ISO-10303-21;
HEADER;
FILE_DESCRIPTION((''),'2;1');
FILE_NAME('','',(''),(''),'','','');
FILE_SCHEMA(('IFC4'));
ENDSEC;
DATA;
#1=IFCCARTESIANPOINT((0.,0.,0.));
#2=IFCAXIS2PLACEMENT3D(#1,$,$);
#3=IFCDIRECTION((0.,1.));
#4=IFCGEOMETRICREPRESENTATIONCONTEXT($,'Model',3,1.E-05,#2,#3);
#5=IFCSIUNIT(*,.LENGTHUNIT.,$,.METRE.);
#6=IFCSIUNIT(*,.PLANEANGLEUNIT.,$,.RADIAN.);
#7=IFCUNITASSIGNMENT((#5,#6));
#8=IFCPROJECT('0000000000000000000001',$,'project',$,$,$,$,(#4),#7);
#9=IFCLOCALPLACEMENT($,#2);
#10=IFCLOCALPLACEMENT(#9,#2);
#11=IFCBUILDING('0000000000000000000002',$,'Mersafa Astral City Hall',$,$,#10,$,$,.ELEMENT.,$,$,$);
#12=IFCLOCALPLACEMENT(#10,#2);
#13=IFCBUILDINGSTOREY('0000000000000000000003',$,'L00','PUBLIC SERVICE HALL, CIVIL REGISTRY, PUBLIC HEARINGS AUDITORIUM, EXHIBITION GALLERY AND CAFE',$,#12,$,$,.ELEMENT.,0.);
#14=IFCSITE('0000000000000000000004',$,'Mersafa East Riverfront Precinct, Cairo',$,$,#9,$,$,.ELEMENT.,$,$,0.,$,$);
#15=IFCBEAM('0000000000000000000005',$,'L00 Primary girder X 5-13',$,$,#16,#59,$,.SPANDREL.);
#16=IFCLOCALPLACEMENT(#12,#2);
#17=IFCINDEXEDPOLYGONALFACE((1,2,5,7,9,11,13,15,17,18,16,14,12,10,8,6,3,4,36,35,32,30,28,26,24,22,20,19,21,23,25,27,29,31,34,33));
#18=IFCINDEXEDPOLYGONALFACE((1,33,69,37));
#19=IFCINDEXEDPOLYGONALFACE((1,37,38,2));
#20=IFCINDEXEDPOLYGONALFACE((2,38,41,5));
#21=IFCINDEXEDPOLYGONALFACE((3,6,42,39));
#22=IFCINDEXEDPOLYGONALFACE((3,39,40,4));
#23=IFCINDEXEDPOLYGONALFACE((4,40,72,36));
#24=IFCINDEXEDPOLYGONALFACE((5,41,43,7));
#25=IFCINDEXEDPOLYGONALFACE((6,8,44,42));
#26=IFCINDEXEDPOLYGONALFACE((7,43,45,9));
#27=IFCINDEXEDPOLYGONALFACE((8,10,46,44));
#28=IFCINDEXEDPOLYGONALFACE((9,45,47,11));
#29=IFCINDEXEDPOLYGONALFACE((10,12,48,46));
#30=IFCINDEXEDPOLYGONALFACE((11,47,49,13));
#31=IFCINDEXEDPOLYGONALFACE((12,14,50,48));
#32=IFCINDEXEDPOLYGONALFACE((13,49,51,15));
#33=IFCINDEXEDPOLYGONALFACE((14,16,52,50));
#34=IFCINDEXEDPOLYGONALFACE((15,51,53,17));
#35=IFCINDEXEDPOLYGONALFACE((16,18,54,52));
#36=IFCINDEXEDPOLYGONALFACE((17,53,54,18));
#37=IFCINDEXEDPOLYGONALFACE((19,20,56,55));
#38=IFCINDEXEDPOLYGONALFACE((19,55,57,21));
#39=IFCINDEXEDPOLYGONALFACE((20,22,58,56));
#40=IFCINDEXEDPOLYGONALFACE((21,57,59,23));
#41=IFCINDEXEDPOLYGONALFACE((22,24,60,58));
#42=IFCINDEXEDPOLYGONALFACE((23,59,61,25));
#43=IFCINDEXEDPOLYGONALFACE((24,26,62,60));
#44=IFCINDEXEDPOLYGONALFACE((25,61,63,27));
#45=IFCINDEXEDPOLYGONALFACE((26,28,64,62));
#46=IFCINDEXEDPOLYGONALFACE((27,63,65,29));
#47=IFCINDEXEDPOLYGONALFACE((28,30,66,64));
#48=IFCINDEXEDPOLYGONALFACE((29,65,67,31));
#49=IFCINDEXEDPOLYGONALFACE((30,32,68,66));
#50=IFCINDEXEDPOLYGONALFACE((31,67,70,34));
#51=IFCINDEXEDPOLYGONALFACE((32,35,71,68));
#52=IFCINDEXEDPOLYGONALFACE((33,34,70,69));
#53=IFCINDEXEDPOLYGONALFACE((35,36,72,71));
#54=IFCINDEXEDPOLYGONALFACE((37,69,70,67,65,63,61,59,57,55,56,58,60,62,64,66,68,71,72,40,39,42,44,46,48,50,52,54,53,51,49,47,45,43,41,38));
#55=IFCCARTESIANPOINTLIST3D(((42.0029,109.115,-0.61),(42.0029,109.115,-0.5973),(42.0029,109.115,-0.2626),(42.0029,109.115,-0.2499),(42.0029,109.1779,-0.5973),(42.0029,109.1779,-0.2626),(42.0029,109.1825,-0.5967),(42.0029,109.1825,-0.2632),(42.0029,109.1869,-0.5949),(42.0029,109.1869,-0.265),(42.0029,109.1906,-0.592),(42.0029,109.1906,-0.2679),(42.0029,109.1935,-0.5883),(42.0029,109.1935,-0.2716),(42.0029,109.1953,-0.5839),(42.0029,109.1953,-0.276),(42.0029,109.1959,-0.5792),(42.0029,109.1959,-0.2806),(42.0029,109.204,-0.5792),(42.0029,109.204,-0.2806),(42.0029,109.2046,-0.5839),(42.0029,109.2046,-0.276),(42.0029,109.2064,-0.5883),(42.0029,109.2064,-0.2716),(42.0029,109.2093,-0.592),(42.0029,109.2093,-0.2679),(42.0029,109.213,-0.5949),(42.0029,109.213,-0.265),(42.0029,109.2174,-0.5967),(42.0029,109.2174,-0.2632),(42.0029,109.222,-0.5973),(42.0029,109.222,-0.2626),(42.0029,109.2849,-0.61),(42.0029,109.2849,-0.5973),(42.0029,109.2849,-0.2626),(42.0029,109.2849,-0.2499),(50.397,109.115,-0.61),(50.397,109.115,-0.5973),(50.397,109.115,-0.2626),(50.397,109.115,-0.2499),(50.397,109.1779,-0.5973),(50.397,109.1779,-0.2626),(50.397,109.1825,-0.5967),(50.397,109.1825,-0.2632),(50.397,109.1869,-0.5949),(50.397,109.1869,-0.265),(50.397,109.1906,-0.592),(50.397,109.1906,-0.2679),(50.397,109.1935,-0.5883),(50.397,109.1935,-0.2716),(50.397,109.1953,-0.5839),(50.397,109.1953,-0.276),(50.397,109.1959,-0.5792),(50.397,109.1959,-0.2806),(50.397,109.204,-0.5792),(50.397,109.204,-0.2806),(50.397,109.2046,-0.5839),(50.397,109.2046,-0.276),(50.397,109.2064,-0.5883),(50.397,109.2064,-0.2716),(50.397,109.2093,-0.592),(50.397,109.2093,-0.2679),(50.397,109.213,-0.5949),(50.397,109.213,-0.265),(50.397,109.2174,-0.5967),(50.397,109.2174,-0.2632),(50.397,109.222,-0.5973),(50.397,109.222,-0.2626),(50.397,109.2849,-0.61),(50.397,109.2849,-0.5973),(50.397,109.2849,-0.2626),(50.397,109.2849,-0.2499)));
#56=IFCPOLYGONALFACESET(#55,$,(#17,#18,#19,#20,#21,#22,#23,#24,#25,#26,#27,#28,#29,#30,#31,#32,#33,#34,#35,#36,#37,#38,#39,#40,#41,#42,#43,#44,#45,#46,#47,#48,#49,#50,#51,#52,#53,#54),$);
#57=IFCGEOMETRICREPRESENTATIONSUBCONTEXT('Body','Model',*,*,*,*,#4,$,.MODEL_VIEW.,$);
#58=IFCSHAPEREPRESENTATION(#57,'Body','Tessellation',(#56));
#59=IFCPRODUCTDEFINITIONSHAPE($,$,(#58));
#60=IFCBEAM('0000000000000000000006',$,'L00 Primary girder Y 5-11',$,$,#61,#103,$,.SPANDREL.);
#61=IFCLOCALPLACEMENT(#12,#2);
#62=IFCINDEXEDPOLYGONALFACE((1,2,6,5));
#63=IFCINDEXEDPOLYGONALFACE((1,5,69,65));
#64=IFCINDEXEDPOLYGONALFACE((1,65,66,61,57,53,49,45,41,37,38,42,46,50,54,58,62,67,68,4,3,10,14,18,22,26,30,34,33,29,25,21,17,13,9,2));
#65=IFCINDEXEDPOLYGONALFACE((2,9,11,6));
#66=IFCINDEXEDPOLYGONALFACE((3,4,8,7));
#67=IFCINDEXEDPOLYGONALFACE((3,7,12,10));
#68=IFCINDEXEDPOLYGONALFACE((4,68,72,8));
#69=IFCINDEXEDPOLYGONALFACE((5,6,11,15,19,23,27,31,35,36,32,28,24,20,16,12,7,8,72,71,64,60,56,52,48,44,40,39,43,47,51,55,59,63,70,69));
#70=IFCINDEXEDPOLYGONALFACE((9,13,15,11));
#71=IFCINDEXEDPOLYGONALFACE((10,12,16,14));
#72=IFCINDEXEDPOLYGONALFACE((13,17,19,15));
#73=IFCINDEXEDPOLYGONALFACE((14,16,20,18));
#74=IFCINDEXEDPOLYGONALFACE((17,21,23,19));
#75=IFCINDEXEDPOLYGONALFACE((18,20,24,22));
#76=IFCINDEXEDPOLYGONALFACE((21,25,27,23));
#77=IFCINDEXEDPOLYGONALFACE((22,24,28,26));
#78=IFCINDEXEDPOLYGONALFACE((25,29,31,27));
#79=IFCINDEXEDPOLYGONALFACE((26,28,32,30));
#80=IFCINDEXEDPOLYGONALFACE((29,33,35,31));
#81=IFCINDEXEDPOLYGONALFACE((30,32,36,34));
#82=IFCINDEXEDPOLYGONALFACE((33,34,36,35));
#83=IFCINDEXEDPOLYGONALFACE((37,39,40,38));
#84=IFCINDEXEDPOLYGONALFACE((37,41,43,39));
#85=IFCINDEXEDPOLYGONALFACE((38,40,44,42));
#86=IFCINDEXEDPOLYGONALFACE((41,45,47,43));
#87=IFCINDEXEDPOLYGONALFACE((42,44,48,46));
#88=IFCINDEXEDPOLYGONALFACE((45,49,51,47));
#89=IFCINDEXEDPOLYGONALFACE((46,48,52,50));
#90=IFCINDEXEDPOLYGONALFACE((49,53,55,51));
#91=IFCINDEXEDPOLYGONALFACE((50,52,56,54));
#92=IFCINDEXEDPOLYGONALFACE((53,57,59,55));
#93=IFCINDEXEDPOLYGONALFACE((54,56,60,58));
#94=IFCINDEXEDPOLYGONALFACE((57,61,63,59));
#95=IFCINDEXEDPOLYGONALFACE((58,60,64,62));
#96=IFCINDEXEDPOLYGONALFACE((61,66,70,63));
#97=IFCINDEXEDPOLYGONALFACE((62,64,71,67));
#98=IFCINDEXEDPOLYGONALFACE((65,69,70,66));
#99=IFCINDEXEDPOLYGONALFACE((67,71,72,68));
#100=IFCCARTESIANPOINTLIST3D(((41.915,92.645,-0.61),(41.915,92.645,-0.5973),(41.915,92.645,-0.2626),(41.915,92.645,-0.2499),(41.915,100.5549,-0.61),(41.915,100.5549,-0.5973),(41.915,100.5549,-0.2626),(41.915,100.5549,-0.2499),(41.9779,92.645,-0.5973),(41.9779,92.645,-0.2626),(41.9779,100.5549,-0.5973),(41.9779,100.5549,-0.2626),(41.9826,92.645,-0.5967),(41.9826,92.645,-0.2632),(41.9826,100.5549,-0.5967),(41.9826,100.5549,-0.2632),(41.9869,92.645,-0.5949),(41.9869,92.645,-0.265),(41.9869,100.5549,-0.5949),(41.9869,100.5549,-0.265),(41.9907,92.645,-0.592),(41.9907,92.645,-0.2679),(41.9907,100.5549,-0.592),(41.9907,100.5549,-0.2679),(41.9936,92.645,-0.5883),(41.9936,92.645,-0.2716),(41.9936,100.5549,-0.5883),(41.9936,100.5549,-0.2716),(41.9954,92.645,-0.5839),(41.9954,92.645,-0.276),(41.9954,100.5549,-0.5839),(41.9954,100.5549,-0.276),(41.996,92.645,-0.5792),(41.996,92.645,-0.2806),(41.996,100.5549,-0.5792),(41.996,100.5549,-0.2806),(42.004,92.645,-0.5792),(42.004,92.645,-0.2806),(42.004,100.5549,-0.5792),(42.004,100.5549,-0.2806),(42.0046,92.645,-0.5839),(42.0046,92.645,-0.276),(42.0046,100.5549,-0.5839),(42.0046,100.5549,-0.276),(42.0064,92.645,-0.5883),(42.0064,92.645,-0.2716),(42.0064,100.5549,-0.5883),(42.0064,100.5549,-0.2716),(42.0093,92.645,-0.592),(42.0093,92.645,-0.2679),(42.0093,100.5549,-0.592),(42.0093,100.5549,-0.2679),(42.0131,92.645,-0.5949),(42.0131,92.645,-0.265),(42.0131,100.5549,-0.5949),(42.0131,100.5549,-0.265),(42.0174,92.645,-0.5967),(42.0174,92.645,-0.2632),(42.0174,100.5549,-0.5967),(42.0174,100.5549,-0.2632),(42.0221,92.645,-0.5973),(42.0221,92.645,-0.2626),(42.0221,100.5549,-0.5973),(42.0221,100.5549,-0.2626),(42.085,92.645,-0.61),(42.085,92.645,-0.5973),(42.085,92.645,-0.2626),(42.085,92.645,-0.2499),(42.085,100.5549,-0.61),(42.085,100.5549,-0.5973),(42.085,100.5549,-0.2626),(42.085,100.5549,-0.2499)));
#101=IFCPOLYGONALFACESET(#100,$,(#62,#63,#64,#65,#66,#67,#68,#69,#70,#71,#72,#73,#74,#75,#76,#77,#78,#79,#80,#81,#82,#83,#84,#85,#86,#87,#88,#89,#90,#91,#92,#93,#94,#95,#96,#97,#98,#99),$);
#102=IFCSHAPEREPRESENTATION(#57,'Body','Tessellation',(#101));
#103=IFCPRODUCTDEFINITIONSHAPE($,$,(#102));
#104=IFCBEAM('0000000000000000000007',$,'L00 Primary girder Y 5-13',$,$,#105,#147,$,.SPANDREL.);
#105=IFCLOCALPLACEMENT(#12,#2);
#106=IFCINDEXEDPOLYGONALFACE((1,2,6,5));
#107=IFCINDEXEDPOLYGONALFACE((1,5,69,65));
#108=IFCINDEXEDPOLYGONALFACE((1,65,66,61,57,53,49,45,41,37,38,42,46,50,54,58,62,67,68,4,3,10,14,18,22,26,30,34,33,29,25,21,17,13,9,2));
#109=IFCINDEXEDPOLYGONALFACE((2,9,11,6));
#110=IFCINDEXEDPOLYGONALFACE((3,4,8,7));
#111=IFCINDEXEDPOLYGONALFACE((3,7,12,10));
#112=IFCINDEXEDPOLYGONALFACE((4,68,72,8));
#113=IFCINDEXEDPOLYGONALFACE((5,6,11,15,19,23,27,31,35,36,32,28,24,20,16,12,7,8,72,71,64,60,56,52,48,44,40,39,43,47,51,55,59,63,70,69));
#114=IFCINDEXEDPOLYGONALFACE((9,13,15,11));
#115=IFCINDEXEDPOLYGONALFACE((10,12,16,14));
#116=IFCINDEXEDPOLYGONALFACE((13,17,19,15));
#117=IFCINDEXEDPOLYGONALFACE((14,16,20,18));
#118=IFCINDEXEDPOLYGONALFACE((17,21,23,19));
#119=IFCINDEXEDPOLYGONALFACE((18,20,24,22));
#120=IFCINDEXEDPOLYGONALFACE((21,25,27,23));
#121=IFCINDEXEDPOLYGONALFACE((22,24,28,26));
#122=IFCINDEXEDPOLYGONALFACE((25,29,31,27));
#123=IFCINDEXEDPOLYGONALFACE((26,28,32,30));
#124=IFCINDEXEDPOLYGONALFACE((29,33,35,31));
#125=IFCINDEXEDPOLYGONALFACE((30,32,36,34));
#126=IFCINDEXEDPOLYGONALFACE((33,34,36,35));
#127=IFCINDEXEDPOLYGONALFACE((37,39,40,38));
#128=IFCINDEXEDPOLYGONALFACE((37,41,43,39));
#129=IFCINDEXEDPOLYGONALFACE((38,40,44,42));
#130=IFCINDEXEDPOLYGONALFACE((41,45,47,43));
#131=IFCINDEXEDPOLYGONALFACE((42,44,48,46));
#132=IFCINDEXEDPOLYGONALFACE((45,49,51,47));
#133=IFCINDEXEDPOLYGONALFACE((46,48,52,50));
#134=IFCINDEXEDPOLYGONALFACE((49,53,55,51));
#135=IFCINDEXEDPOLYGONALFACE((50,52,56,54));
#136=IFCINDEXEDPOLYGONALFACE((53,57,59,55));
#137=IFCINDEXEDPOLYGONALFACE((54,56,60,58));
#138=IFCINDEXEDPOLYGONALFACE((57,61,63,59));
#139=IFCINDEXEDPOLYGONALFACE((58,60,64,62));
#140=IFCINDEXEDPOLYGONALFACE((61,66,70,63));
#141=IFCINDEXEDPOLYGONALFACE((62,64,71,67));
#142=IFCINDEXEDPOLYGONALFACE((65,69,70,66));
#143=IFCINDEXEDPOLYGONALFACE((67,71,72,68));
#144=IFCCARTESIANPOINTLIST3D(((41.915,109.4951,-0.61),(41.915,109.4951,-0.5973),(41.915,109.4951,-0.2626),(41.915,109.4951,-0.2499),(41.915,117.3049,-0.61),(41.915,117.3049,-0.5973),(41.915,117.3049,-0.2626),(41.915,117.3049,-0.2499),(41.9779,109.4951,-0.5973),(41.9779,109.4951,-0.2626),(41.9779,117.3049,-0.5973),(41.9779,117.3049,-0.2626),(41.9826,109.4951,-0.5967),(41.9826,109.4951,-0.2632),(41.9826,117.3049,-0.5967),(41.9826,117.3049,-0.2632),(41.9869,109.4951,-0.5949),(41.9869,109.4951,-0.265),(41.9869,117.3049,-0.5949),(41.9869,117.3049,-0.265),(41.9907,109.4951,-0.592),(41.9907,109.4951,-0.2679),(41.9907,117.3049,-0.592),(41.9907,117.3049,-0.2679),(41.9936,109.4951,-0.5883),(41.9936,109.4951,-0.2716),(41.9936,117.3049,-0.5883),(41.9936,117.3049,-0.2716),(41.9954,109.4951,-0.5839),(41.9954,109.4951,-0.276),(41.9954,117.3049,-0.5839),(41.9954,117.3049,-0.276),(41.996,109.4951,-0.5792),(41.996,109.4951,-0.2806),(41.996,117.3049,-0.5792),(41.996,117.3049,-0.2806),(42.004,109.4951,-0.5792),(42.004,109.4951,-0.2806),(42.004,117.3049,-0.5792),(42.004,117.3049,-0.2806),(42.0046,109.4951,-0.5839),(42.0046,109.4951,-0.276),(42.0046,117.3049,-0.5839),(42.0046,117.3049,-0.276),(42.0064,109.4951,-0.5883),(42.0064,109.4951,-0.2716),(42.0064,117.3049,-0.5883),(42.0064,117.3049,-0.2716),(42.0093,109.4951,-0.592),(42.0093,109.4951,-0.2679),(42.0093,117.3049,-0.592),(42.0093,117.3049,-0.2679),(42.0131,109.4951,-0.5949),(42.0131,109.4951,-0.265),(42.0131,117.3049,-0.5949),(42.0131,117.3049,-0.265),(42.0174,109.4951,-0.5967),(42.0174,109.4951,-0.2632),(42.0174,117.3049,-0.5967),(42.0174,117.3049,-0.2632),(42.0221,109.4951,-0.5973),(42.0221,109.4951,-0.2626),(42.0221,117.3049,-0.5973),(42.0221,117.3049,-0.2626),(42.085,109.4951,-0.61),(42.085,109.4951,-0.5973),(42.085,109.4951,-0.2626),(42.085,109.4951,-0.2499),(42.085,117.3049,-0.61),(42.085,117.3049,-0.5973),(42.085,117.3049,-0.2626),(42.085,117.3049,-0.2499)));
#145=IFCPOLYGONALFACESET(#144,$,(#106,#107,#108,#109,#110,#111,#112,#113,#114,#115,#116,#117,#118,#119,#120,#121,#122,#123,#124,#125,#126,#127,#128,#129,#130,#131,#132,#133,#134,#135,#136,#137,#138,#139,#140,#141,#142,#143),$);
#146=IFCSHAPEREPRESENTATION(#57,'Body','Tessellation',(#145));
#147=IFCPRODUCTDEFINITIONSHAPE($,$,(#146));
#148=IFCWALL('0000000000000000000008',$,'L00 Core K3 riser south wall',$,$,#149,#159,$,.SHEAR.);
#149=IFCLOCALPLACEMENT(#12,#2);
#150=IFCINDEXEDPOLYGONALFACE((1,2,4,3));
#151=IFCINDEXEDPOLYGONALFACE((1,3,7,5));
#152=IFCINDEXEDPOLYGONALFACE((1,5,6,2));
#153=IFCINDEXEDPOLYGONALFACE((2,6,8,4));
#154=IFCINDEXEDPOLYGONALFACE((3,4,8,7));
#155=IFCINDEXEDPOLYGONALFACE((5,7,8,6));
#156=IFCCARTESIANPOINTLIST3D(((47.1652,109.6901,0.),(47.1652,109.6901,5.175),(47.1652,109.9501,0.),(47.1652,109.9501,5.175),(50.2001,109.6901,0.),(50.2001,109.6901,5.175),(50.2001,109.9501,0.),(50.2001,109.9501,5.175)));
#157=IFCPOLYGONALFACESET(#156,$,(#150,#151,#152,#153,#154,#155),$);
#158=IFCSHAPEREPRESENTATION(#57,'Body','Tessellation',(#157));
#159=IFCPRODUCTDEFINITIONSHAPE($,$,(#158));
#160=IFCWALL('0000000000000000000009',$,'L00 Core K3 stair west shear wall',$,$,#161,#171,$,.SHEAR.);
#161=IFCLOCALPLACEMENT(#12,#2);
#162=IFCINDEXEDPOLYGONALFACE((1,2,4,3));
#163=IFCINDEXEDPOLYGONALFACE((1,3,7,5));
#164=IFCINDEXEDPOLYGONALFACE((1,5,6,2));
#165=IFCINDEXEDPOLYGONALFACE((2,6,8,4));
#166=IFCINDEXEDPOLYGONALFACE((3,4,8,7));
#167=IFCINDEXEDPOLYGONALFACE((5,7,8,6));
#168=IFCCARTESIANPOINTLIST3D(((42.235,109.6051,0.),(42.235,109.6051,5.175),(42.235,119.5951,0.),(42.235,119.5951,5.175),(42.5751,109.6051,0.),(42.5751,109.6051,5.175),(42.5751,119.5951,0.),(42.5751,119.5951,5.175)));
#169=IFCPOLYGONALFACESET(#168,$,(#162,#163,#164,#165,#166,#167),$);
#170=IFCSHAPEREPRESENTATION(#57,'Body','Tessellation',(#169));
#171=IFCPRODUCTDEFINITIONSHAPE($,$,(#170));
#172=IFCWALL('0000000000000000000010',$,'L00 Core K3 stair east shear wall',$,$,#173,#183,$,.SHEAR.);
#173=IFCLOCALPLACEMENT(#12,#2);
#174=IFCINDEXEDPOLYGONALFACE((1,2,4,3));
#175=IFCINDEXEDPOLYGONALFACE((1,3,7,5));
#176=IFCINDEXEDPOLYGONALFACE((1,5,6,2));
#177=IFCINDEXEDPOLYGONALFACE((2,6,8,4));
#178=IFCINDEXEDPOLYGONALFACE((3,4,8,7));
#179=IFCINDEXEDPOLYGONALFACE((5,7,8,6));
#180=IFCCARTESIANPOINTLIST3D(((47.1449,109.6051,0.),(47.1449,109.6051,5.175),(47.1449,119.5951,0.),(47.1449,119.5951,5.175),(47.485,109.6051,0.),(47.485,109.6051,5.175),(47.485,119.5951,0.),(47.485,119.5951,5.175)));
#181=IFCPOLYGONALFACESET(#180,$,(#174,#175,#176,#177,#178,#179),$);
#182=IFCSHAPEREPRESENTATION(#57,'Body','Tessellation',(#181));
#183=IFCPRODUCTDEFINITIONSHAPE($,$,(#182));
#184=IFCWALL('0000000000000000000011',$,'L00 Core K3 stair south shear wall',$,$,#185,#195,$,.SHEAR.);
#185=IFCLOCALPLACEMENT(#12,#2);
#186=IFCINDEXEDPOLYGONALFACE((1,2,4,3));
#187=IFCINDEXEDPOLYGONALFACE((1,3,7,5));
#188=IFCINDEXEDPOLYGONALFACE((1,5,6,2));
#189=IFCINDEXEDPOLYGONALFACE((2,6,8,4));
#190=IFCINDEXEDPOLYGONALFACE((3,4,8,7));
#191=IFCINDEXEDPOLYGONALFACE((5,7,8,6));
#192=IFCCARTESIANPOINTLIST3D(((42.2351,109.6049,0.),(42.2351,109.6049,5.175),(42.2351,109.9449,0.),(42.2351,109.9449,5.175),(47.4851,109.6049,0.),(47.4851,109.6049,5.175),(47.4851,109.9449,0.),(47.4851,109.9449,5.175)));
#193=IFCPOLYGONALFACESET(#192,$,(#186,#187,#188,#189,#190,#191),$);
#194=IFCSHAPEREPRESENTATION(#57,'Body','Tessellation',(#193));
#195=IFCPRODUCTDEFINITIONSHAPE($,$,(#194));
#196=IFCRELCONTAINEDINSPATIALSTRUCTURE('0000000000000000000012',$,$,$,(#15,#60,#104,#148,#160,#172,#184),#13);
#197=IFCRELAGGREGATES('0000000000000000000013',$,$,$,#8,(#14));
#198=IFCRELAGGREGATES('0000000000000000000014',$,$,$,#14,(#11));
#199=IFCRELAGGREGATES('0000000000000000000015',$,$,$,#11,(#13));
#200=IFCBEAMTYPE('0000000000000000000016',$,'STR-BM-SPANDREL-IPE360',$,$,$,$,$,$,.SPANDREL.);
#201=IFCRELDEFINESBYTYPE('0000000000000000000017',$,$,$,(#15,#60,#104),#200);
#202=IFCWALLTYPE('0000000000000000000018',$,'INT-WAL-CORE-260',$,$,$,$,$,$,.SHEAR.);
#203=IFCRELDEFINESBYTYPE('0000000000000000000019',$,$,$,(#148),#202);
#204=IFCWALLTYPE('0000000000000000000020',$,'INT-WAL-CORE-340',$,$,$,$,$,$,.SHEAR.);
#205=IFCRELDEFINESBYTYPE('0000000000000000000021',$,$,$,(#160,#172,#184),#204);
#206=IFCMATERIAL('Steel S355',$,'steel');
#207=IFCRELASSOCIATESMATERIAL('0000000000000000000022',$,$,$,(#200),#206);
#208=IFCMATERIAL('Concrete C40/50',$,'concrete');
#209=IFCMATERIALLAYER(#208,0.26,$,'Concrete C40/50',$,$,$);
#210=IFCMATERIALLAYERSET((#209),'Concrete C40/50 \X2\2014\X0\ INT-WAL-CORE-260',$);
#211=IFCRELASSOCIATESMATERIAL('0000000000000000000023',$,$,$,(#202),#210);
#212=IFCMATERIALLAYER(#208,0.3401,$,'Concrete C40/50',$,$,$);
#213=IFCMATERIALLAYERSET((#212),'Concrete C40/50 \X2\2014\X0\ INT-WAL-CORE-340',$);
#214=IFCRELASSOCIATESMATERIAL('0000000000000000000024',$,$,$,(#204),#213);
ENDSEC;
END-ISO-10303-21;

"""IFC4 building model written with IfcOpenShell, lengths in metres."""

from ifc_helpers import new_model, si_unit, direction, frame, frame_2d, origin, origin_2d, place, context, subcontext, project, spatial, rectangle, i_section, extrude, material, layer, layer_set, material_profile, profile_set, type_object, element, save


model = new_model("IFC4")

# Units and contexts
model_context = context("Model", 3, precision=1e-05, world=origin(), true_north=direction((0.0, 1.0)))
body_context = subcontext(model_context, "Body", "Model", "MODEL_VIEW")
ifc_project = project(units=[si_unit("LENGTHUNIT", "METRE"), si_unit("PLANEANGLEUNIT", "RADIAN")], contexts=[model_context])

# Site, building, storey
site_placement = place(None, origin())
site = spatial("IfcSite", under=ifc_project, at=site_placement, Name="Mersafa East Riverfront Precinct, Cairo", CompositionType="ELEMENT", RefElevation=0.0)
building_placement = place(site_placement, origin())
building = spatial("IfcBuilding", under=site, at=building_placement, Name="Mersafa Astral City Hall", CompositionType="ELEMENT")
storey_placement = place(building_placement, origin())
storey = spatial("IfcBuildingStorey", under=building, at=storey_placement, Name="L00", Description="PUBLIC SERVICE HALL, CIVIL REGISTRY, PUBLIC HEARINGS AUDITORIUM, EXHIBITION GALLERY AND CAFE", CompositionType="ELEMENT", Elevation=0.0)

# Shared definitions
ifc_material_1 = material(Name="Steel S355", Category="steel")

# Beams
ifc_material_profile_1 = material_profile(ifc_material_1, i_section(OverallWidth=0.1699, OverallDepth=0.3601, WebThickness=0.0081, FlangeThickness=0.0127, FilletRadius=0.0181, at=origin_2d()), Name="IPE 360")
ifc_profile_set_1 = profile_set([ifc_material_profile_1], Name="Steel S355")
beam_type_1 = type_object("IfcBeamType", Name="STR-BM-SPANDREL-IPE360", PredefinedType="SPANDREL", material=ifc_profile_set_1)
beam_1_placement = place(storey_placement, frame((42.0029, 109.2, -0.4299), z_axis=(1.0, 0.0, 0.0), x_axis=(0.0, 1.0, 0.0)))
element("IfcBeam", 1, at=beam_1_placement, inside=storey, type_object=beam_type_1, Name="L00 Primary girder X 5-13", PredefinedType="SPANDREL", context=body_context, shape_type="SweptSolid", body=[
    extrude(i_section(OverallWidth=0.1699, OverallDepth=0.3601, WebThickness=0.0081, FlangeThickness=0.0127, FilletRadius=0.0181, at=origin_2d()), origin(), (0.0, 0.0, 1.0), 8.394),
])
beam_2_placement = place(storey_placement, frame((42.0, 92.645, -0.4299), z_axis=(0.0, 1.0, 0.0), x_axis=(-1.0, 0.0, 0.0)))
element("IfcBeam", 2, at=beam_2_placement, inside=storey, type_object=beam_type_1, Name="L00 Primary girder Y 5-11", PredefinedType="SPANDREL", context=body_context, shape_type="SweptSolid", body=[
    extrude(i_section(OverallWidth=0.1699, OverallDepth=0.3601, WebThickness=0.0081, FlangeThickness=0.0127, FilletRadius=0.0181, at=origin_2d()), origin(), (0.0, 0.0, 1.0), 7.9099),
])
beam_3_placement = place(storey_placement, frame((42.0, 109.4951, -0.4299), z_axis=(0.0, 1.0, 0.0), x_axis=(-1.0, 0.0, 0.0)))
element("IfcBeam", 3, at=beam_3_placement, inside=storey, type_object=beam_type_1, Name="L00 Primary girder Y 5-13", PredefinedType="SPANDREL", context=body_context, shape_type="SweptSolid", body=[
    extrude(i_section(OverallWidth=0.1699, OverallDepth=0.3601, WebThickness=0.0081, FlangeThickness=0.0127, FilletRadius=0.0181, at=origin_2d()), origin(), (0.0, 0.0, 1.0), 7.8098),
])

# Walls
ifc_material_2 = material(Name="Concrete C40/50", Category="concrete")
ifc_layer_1 = layer(ifc_material_2, 0.26, Name="Concrete C40/50")
ifc_layer_set_1 = layer_set([ifc_layer_1], Name="Concrete C40/50 — INT-WAL-CORE-260")
wall_type_1 = type_object("IfcWallType", Name="INT-WAL-CORE-260", PredefinedType="SHEAR", material=ifc_layer_set_1)
wall_1_placement = place(storey_placement, frame((47.165, 109.8201, 0.0), z_axis=(0.0, 0.0, 1.0), x_axis=(1.0, 0.0, 0.0)))
element("IfcWall", 4, at=wall_1_placement, inside=storey, type_object=wall_type_1, Name="L00 Core K3 riser south wall", PredefinedType="SHEAR", context=body_context, shape_type="SweptSolid", body=[
    extrude(rectangle(XDim=3.0349, YDim=0.26, at=frame_2d((1.5176, 0.0))), origin(), (0.0, 0.0, 1.0), 5.175),
])
ifc_layer_2 = layer(ifc_material_2, 0.3401, Name="Concrete C40/50")
ifc_layer_set_2 = layer_set([ifc_layer_2], Name="Concrete C40/50 — INT-WAL-CORE-340")
wall_type_2 = type_object("IfcWallType", Name="INT-WAL-CORE-340", PredefinedType="SHEAR", material=ifc_layer_set_2)
for number, where, z_axis, x_axis, name in (
    (5, (42.405, 109.605, 0.0), (0.0, 0.0, 1.0), (0.0, 1.0, 0.0), "L00 Core K3 stair west shear wall"),
    (6, (47.3149, 109.605, 0.0), (0.0, 0.0, 1.0), (0.0, 1.0, 0.0), "L00 Core K3 stair east shear wall"),
):
    element("IfcWall", number, at=place(storey_placement, frame(where, z_axis=z_axis, x_axis=x_axis)), inside=storey, type_object=wall_type_2, Name=name, PredefinedType="SHEAR", context=body_context, shape_type="SweptSolid", body=[
        extrude(rectangle(XDim=9.99, YDim=0.3401, at=frame_2d((4.9951, 0.0))), origin(), (0.0, 0.0, 1.0), 5.175),
    ])
wall_2_placement = place(storey_placement, frame((42.2351, 109.7749, 0.0), z_axis=(0.0, 0.0, 1.0), x_axis=(1.0, 0.0, 0.0)))
element("IfcWall", 7, at=wall_2_placement, inside=storey, type_object=wall_type_2, Name="L00 Core K3 stair south shear wall", PredefinedType="SHEAR", context=body_context, shape_type="SweptSolid", body=[
    extrude(rectangle(XDim=5.25, YDim=0.3401, at=frame_2d((2.625, 0.0))), origin(), (0.0, 0.0, 1.0), 5.175),
])

save(model, "model.ifc")
